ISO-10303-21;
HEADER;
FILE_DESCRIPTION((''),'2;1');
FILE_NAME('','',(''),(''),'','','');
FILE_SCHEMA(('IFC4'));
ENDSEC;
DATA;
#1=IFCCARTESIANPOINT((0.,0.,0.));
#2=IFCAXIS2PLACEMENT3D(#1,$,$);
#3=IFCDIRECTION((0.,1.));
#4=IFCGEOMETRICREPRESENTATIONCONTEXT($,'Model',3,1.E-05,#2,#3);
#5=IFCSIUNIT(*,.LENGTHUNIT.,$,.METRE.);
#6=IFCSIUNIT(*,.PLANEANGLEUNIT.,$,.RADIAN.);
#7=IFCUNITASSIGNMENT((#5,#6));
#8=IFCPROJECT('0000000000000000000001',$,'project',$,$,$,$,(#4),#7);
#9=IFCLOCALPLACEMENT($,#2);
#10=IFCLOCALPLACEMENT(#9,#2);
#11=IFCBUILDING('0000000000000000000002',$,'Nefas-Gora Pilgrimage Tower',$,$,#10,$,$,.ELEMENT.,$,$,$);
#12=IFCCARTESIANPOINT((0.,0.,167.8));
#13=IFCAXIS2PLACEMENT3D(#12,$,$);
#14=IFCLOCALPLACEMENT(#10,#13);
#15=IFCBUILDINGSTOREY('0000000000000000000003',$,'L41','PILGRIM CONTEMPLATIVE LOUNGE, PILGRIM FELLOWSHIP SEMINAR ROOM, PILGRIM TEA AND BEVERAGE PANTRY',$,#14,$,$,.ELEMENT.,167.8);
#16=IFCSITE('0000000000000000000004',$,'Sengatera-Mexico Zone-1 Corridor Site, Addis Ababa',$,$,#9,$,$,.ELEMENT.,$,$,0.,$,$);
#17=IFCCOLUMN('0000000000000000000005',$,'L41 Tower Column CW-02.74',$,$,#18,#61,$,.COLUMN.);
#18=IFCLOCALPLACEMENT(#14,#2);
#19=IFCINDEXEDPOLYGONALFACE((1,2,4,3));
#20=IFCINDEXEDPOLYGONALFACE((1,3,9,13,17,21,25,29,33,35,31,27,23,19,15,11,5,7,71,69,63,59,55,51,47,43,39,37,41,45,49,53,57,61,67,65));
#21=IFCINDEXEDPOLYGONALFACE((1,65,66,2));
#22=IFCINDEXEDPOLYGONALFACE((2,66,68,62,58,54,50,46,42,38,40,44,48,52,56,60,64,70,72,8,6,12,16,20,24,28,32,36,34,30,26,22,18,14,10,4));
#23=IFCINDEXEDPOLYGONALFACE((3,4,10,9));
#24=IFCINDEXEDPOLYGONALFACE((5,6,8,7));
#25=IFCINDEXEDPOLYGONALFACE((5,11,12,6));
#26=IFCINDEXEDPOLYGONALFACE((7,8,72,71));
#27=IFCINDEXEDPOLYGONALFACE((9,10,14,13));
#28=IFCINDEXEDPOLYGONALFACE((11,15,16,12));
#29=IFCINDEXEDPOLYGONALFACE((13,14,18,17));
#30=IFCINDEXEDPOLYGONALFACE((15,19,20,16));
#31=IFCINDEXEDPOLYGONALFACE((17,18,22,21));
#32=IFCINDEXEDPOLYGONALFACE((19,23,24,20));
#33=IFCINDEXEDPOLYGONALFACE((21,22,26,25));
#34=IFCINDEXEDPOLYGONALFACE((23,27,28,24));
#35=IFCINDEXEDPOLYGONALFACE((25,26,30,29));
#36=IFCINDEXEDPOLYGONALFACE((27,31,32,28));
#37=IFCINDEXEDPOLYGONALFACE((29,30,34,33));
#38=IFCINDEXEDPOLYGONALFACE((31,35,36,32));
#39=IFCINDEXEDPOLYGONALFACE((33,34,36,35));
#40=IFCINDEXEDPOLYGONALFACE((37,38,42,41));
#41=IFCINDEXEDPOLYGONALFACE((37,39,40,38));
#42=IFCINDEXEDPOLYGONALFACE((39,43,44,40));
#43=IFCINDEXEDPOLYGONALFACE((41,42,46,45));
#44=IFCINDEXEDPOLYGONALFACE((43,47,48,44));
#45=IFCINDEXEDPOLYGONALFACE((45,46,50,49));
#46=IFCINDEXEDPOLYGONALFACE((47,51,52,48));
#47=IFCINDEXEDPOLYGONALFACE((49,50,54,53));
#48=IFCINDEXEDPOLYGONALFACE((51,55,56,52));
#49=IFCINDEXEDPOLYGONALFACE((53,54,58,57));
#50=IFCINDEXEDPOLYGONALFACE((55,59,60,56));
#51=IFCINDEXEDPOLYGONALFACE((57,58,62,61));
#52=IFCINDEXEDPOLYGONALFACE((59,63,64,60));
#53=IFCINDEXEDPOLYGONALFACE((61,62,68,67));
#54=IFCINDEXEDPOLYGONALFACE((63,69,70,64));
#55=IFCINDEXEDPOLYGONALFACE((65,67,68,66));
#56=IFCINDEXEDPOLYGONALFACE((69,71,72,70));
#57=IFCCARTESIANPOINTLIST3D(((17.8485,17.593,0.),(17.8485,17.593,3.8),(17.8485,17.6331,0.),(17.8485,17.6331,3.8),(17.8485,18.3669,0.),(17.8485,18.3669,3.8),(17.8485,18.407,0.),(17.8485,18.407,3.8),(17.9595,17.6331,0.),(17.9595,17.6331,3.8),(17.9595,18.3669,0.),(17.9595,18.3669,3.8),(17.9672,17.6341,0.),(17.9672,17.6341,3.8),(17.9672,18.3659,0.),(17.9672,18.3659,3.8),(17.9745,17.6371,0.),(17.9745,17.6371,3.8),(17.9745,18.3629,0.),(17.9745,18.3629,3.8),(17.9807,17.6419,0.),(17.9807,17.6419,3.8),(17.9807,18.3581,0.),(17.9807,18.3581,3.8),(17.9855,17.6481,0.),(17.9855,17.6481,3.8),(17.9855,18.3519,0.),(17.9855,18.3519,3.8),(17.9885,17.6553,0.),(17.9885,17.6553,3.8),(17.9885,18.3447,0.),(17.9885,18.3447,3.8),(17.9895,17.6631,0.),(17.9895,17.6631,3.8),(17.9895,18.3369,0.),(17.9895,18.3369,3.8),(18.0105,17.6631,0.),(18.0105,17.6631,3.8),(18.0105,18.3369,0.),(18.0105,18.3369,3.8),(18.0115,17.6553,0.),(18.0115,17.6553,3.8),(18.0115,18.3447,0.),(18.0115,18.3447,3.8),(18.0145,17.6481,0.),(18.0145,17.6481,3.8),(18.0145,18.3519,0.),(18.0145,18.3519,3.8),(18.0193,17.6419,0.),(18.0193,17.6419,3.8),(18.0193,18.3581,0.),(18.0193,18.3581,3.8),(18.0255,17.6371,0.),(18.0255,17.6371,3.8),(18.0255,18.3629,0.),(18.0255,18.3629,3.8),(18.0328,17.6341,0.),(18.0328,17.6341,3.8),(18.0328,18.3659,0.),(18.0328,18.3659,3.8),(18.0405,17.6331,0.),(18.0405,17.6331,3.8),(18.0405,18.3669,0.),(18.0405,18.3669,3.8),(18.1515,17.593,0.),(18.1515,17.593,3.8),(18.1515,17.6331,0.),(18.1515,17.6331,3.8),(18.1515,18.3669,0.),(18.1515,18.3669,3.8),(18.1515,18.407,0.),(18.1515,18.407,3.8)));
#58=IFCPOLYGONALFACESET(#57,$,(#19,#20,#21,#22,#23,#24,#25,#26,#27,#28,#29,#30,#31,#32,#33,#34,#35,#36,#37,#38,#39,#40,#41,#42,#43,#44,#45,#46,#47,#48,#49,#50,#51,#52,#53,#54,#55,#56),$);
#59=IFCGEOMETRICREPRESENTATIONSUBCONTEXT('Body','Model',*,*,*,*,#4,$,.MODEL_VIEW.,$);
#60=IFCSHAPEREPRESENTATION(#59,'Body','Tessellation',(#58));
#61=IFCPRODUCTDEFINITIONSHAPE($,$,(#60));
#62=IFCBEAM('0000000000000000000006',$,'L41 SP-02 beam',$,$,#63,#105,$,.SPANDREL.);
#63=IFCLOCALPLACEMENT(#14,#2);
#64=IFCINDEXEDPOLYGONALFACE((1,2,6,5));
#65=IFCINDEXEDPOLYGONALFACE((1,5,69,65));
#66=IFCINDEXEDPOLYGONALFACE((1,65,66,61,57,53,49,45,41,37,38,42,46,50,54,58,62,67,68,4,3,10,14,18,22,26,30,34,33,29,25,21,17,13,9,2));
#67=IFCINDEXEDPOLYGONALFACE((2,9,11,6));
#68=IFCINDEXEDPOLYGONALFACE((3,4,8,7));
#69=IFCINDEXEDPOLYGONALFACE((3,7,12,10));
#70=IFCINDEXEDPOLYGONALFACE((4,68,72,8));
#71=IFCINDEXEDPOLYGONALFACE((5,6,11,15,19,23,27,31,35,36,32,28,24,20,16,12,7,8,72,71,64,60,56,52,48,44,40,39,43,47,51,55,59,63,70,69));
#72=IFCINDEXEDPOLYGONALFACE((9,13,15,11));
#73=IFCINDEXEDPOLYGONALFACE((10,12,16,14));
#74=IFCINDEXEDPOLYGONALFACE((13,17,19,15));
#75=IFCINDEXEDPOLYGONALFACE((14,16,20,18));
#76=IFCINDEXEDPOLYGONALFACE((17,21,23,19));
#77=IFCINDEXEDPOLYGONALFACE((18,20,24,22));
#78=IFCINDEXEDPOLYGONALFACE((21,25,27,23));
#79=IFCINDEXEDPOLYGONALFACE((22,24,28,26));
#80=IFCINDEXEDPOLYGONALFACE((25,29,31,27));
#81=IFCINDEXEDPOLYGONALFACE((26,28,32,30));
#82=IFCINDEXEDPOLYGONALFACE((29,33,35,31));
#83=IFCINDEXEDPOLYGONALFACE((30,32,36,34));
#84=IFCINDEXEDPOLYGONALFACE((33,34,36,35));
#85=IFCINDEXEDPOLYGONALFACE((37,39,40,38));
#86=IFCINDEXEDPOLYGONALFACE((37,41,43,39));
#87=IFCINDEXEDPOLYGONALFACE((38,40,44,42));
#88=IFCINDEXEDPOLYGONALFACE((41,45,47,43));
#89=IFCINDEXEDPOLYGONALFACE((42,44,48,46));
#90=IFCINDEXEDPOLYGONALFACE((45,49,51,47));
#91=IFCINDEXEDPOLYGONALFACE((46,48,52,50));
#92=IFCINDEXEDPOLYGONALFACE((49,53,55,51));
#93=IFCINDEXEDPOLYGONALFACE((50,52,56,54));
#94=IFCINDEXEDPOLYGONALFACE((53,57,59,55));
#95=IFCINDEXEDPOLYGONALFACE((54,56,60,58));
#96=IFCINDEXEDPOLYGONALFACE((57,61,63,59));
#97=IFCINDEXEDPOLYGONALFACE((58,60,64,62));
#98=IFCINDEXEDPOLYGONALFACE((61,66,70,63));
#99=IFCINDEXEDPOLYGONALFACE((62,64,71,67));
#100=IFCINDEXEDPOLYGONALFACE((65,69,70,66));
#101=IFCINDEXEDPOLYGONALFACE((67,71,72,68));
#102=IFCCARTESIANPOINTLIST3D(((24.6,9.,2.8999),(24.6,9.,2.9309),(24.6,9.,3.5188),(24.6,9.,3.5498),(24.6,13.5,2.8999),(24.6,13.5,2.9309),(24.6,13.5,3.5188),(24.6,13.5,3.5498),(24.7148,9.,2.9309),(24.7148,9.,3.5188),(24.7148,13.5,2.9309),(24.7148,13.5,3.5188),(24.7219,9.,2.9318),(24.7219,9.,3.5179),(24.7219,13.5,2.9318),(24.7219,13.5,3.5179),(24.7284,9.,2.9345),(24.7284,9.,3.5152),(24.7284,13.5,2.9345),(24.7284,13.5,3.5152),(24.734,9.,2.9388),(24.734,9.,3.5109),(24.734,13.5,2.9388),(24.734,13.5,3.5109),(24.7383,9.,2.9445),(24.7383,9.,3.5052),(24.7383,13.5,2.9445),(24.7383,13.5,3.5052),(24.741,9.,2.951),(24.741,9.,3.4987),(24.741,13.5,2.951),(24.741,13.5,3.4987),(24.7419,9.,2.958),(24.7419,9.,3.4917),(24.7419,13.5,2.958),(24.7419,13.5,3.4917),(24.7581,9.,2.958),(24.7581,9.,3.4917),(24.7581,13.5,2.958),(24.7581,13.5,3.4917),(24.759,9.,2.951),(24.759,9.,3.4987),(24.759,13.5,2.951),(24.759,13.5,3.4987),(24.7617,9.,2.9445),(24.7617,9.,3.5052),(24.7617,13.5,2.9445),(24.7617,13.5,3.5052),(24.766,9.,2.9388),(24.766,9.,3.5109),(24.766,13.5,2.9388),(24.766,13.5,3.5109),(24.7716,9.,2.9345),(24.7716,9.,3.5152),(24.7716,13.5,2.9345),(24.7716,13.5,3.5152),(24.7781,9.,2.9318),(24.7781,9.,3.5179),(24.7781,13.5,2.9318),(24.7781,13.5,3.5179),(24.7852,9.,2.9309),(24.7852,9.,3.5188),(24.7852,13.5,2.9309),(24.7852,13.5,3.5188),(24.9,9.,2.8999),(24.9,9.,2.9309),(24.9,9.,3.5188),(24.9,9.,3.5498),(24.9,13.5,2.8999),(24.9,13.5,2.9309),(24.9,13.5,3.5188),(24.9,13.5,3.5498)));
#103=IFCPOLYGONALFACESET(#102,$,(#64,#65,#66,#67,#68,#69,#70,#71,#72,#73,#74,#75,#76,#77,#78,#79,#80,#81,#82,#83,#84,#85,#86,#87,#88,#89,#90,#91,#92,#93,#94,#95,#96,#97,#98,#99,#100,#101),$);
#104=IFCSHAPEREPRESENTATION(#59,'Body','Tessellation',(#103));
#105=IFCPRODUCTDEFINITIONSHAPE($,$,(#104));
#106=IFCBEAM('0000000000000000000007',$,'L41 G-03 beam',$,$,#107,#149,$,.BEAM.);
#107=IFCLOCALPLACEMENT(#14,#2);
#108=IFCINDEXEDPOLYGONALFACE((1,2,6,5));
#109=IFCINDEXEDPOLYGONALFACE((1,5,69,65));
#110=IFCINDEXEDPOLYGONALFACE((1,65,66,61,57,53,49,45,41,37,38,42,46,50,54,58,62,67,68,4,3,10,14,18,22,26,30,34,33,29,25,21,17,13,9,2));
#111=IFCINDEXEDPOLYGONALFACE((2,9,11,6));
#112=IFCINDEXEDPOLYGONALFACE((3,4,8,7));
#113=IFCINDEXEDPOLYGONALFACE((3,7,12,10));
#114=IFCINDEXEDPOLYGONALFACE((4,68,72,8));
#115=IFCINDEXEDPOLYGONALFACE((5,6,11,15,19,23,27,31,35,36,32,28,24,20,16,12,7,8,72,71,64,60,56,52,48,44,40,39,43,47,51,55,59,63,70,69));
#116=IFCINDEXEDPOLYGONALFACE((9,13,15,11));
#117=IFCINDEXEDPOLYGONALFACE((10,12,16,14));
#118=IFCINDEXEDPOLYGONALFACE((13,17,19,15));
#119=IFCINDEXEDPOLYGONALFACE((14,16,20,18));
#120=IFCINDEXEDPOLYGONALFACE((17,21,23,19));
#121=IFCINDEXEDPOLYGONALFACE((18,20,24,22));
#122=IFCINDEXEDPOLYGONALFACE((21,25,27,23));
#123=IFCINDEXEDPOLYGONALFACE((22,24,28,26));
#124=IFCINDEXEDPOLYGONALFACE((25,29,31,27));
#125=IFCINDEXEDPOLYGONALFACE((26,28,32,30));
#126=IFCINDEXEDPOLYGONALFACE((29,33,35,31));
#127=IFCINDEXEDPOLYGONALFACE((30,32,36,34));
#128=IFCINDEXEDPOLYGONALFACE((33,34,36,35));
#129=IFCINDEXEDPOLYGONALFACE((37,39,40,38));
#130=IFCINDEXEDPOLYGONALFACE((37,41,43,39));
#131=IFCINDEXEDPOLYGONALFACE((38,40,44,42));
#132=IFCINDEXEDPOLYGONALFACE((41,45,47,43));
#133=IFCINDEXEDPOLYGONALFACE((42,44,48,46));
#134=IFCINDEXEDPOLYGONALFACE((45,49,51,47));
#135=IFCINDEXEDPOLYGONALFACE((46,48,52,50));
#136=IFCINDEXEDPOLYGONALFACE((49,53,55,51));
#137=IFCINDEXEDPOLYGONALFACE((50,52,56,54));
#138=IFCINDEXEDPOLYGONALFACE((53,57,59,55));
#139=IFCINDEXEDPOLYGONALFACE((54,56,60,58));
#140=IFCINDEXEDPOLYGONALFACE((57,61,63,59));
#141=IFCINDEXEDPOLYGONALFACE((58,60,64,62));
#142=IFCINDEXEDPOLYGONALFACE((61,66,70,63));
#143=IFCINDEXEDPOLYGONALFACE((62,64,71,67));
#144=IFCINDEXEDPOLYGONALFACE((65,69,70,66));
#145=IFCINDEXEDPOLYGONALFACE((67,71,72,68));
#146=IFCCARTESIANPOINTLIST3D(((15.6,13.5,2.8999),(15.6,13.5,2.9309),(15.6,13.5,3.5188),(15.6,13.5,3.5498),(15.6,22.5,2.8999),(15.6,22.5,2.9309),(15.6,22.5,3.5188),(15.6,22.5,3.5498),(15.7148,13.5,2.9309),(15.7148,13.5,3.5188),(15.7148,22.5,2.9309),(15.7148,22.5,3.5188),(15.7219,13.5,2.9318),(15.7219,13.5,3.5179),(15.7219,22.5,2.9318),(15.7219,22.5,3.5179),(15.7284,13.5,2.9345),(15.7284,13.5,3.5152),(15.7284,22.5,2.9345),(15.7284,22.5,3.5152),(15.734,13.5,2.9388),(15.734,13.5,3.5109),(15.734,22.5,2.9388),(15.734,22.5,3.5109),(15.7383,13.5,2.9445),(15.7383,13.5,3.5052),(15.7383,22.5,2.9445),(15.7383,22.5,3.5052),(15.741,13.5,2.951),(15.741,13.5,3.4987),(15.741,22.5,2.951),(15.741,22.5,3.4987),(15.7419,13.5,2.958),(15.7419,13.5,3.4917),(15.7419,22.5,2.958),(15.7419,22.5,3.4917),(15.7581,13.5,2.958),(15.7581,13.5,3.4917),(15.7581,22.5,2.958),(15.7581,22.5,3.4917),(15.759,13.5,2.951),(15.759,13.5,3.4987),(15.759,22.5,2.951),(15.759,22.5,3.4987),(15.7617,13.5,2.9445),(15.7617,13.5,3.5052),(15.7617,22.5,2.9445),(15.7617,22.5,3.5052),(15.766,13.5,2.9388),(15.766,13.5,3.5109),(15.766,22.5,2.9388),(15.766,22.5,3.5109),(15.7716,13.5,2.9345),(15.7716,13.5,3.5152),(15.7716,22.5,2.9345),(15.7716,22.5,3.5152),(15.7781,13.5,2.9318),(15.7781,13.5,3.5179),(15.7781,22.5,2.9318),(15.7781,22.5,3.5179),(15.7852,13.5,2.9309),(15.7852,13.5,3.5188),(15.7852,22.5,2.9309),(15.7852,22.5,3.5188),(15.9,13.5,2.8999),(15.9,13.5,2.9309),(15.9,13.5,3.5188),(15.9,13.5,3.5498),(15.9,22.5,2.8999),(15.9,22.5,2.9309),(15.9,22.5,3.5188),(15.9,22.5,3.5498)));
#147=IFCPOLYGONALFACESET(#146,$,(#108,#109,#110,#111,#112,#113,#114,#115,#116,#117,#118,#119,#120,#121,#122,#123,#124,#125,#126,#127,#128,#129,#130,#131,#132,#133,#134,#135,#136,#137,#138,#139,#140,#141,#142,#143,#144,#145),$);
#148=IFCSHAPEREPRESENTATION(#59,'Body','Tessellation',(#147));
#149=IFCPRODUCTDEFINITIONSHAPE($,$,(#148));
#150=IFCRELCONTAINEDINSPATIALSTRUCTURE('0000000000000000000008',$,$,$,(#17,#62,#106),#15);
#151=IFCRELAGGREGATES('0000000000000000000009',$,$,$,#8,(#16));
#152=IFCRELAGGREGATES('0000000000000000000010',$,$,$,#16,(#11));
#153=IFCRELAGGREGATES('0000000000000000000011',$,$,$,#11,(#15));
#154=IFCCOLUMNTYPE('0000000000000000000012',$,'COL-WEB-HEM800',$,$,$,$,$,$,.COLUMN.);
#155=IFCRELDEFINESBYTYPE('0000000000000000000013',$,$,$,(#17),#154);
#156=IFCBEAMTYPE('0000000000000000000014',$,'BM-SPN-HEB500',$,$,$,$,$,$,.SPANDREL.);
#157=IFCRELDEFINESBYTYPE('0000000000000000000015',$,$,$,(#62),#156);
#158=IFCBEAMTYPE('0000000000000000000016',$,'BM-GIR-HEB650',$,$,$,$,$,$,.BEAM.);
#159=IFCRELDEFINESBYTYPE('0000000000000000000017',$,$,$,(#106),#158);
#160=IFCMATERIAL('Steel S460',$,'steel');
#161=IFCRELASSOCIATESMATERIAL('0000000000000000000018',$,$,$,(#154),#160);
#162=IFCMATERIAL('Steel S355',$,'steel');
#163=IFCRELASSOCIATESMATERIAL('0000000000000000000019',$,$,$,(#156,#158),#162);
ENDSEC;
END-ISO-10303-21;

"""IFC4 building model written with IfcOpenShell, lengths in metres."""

from ifc_helpers import new_model, si_unit, direction, frame, origin, origin_2d, place, context, subcontext, project, spatial, i_section, extrude, source, transform, mapped, material, material_profile, profile_set, type_object, element, save


model = new_model("IFC4")

# Units and contexts
model_context = context("Model", 3, precision=1e-05, world=origin(), true_north=direction((0.0, 1.0)))
body_context = subcontext(model_context, "Body", "Model", "MODEL_VIEW")
ifc_project = project(units=[si_unit("LENGTHUNIT", "METRE"), si_unit("PLANEANGLEUNIT", "RADIAN")], contexts=[model_context])

# Site, building, storey
site_placement = place(None, origin())
site = spatial("IfcSite", under=ifc_project, at=site_placement, Name="Sengatera-Mexico Zone-1 Corridor Site, Addis Ababa", CompositionType="ELEMENT", RefElevation=0.0)
building_placement = place(site_placement, origin())
building = spatial("IfcBuilding", under=site, at=building_placement, Name="Nefas-Gora Pilgrimage Tower", CompositionType="ELEMENT")
storey_placement = place(building_placement, frame((0.0, 0.0, 167.8)))
storey = spatial("IfcBuildingStorey", under=building, at=storey_placement, Name="L41", Description="PILGRIM CONTEMPLATIVE LOUNGE, PILGRIM FELLOWSHIP SEMINAR ROOM, PILGRIM TEA AND BEVERAGE PANTRY", CompositionType="ELEMENT", Elevation=167.8)

# Column
ifc_material_1 = material(Name="Steel S460", Category="steel")
ifc_material_profile_1 = material_profile(ifc_material_1, i_section(OverallWidth=0.303, OverallDepth=0.814, WebThickness=0.021, FlangeThickness=0.04, FilletRadius=0.03, at=origin_2d()), Name="HEM 800")
ifc_profile_set_1 = profile_set([ifc_material_profile_1], Name="Steel S460")
column_type_1 = type_object("IfcColumnType", Name="COL-WEB-HEM800", PredefinedType="COLUMN", material=ifc_profile_set_1)
shared_shape_1 = source(origin(), body_context, "Body", "SweptSolid", [
    extrude(i_section(OverallWidth=0.303, OverallDepth=0.814, WebThickness=0.021, FlangeThickness=0.04, FilletRadius=0.03, at=origin_2d()), origin(), (0.0, 0.0, 1.0), 3.8),
])
for number, where, z_axis, x_axis, name in (
    (1, (18.0, 18.0, 0.0), (0.0, 0.0, 1.0), (1.0, 0.0, 0.0), "L41 Tower Column CW-02.74"),
):
    element("IfcColumn", number, at=place(storey_placement, frame(where, z_axis=z_axis, x_axis=x_axis)), inside=storey, type_object=column_type_1, Name=name, PredefinedType="COLUMN", context=body_context, shape_type="MappedRepresentation", body=[
        mapped(shared_shape_1, transform((0.0, 0.0, 0.0), x_axis=(1.0, 0.0, 0.0), y_axis=(0.0, 1.0, 0.0), z_axis=(0.0, 0.0, 1.0), scale=1.0)),
    ])

# Beams
ifc_material_2 = material(Name="Steel S355", Category="steel")
ifc_material_profile_2 = material_profile(ifc_material_2, i_section(OverallWidth=0.3, OverallDepth=0.6499, WebThickness=0.0161, FlangeThickness=0.031, FilletRadius=0.0271, at=origin_2d()), Name="HEB 650")
ifc_profile_set_2 = profile_set([ifc_material_profile_2], Name="Steel S355")
beam_type_1 = type_object("IfcBeamType", Name="BM-SPN-HEB500", PredefinedType="SPANDREL", material=ifc_profile_set_2)
shared_shape_2 = source(origin(), body_context, "Body", "SweptSolid", [
    extrude(i_section(OverallWidth=0.3, OverallDepth=0.6499, WebThickness=0.0161, FlangeThickness=0.031, FilletRadius=0.0271, at=origin_2d()), origin(), (0.0, 0.0, 1.0), 4.5),
])
beam_1_placement = place(storey_placement, frame((24.75, 9.0, 3.2249), z_axis=(0.0, 1.0, 0.0), x_axis=(-1.0, 0.0, 0.0)))
element("IfcBeam", 2, at=beam_1_placement, inside=storey, type_object=beam_type_1, Name="L41 SP-02 beam", PredefinedType="SPANDREL", context=body_context, shape_type="MappedRepresentation", body=[
    mapped(shared_shape_2, transform((0.0, 0.0, 0.0), x_axis=(1.0, 0.0, 0.0), y_axis=(0.0, 1.0, 0.0), z_axis=(0.0, 0.0, 1.0), scale=1.0)),
])
ifc_material_profile_3 = material_profile(ifc_material_2, i_section(OverallWidth=0.3, OverallDepth=0.6499, WebThickness=0.0161, FlangeThickness=0.031, FilletRadius=0.0271, at=origin_2d()), Name="HEB 650")
ifc_profile_set_3 = profile_set([ifc_material_profile_3], Name="Steel S355")
beam_type_2 = type_object("IfcBeamType", Name="BM-GIR-HEB650", PredefinedType="BEAM", material=ifc_profile_set_3)
shared_shape_3 = source(origin(), body_context, "Body", "SweptSolid", [
    extrude(i_section(OverallWidth=0.3, OverallDepth=0.6499, WebThickness=0.0161, FlangeThickness=0.031, FilletRadius=0.0271, at=origin_2d()), origin(), (0.0, 0.0, 1.0), 9.0),
])
beam_2_placement = place(storey_placement, frame((15.75, 13.5, 3.2249), z_axis=(0.0, 1.0, 0.0), x_axis=(-1.0, 0.0, 0.0)))
element("IfcBeam", 3, at=beam_2_placement, inside=storey, type_object=beam_type_2, Name="L41 G-03 beam", PredefinedType="BEAM", context=body_context, shape_type="MappedRepresentation", body=[
    mapped(shared_shape_3, transform((0.0, 0.0, 0.0), x_axis=(1.0, 0.0, 0.0), y_axis=(0.0, 1.0, 0.0), z_axis=(0.0, 0.0, 1.0), scale=1.0)),
])

save(model, "model.ifc")
